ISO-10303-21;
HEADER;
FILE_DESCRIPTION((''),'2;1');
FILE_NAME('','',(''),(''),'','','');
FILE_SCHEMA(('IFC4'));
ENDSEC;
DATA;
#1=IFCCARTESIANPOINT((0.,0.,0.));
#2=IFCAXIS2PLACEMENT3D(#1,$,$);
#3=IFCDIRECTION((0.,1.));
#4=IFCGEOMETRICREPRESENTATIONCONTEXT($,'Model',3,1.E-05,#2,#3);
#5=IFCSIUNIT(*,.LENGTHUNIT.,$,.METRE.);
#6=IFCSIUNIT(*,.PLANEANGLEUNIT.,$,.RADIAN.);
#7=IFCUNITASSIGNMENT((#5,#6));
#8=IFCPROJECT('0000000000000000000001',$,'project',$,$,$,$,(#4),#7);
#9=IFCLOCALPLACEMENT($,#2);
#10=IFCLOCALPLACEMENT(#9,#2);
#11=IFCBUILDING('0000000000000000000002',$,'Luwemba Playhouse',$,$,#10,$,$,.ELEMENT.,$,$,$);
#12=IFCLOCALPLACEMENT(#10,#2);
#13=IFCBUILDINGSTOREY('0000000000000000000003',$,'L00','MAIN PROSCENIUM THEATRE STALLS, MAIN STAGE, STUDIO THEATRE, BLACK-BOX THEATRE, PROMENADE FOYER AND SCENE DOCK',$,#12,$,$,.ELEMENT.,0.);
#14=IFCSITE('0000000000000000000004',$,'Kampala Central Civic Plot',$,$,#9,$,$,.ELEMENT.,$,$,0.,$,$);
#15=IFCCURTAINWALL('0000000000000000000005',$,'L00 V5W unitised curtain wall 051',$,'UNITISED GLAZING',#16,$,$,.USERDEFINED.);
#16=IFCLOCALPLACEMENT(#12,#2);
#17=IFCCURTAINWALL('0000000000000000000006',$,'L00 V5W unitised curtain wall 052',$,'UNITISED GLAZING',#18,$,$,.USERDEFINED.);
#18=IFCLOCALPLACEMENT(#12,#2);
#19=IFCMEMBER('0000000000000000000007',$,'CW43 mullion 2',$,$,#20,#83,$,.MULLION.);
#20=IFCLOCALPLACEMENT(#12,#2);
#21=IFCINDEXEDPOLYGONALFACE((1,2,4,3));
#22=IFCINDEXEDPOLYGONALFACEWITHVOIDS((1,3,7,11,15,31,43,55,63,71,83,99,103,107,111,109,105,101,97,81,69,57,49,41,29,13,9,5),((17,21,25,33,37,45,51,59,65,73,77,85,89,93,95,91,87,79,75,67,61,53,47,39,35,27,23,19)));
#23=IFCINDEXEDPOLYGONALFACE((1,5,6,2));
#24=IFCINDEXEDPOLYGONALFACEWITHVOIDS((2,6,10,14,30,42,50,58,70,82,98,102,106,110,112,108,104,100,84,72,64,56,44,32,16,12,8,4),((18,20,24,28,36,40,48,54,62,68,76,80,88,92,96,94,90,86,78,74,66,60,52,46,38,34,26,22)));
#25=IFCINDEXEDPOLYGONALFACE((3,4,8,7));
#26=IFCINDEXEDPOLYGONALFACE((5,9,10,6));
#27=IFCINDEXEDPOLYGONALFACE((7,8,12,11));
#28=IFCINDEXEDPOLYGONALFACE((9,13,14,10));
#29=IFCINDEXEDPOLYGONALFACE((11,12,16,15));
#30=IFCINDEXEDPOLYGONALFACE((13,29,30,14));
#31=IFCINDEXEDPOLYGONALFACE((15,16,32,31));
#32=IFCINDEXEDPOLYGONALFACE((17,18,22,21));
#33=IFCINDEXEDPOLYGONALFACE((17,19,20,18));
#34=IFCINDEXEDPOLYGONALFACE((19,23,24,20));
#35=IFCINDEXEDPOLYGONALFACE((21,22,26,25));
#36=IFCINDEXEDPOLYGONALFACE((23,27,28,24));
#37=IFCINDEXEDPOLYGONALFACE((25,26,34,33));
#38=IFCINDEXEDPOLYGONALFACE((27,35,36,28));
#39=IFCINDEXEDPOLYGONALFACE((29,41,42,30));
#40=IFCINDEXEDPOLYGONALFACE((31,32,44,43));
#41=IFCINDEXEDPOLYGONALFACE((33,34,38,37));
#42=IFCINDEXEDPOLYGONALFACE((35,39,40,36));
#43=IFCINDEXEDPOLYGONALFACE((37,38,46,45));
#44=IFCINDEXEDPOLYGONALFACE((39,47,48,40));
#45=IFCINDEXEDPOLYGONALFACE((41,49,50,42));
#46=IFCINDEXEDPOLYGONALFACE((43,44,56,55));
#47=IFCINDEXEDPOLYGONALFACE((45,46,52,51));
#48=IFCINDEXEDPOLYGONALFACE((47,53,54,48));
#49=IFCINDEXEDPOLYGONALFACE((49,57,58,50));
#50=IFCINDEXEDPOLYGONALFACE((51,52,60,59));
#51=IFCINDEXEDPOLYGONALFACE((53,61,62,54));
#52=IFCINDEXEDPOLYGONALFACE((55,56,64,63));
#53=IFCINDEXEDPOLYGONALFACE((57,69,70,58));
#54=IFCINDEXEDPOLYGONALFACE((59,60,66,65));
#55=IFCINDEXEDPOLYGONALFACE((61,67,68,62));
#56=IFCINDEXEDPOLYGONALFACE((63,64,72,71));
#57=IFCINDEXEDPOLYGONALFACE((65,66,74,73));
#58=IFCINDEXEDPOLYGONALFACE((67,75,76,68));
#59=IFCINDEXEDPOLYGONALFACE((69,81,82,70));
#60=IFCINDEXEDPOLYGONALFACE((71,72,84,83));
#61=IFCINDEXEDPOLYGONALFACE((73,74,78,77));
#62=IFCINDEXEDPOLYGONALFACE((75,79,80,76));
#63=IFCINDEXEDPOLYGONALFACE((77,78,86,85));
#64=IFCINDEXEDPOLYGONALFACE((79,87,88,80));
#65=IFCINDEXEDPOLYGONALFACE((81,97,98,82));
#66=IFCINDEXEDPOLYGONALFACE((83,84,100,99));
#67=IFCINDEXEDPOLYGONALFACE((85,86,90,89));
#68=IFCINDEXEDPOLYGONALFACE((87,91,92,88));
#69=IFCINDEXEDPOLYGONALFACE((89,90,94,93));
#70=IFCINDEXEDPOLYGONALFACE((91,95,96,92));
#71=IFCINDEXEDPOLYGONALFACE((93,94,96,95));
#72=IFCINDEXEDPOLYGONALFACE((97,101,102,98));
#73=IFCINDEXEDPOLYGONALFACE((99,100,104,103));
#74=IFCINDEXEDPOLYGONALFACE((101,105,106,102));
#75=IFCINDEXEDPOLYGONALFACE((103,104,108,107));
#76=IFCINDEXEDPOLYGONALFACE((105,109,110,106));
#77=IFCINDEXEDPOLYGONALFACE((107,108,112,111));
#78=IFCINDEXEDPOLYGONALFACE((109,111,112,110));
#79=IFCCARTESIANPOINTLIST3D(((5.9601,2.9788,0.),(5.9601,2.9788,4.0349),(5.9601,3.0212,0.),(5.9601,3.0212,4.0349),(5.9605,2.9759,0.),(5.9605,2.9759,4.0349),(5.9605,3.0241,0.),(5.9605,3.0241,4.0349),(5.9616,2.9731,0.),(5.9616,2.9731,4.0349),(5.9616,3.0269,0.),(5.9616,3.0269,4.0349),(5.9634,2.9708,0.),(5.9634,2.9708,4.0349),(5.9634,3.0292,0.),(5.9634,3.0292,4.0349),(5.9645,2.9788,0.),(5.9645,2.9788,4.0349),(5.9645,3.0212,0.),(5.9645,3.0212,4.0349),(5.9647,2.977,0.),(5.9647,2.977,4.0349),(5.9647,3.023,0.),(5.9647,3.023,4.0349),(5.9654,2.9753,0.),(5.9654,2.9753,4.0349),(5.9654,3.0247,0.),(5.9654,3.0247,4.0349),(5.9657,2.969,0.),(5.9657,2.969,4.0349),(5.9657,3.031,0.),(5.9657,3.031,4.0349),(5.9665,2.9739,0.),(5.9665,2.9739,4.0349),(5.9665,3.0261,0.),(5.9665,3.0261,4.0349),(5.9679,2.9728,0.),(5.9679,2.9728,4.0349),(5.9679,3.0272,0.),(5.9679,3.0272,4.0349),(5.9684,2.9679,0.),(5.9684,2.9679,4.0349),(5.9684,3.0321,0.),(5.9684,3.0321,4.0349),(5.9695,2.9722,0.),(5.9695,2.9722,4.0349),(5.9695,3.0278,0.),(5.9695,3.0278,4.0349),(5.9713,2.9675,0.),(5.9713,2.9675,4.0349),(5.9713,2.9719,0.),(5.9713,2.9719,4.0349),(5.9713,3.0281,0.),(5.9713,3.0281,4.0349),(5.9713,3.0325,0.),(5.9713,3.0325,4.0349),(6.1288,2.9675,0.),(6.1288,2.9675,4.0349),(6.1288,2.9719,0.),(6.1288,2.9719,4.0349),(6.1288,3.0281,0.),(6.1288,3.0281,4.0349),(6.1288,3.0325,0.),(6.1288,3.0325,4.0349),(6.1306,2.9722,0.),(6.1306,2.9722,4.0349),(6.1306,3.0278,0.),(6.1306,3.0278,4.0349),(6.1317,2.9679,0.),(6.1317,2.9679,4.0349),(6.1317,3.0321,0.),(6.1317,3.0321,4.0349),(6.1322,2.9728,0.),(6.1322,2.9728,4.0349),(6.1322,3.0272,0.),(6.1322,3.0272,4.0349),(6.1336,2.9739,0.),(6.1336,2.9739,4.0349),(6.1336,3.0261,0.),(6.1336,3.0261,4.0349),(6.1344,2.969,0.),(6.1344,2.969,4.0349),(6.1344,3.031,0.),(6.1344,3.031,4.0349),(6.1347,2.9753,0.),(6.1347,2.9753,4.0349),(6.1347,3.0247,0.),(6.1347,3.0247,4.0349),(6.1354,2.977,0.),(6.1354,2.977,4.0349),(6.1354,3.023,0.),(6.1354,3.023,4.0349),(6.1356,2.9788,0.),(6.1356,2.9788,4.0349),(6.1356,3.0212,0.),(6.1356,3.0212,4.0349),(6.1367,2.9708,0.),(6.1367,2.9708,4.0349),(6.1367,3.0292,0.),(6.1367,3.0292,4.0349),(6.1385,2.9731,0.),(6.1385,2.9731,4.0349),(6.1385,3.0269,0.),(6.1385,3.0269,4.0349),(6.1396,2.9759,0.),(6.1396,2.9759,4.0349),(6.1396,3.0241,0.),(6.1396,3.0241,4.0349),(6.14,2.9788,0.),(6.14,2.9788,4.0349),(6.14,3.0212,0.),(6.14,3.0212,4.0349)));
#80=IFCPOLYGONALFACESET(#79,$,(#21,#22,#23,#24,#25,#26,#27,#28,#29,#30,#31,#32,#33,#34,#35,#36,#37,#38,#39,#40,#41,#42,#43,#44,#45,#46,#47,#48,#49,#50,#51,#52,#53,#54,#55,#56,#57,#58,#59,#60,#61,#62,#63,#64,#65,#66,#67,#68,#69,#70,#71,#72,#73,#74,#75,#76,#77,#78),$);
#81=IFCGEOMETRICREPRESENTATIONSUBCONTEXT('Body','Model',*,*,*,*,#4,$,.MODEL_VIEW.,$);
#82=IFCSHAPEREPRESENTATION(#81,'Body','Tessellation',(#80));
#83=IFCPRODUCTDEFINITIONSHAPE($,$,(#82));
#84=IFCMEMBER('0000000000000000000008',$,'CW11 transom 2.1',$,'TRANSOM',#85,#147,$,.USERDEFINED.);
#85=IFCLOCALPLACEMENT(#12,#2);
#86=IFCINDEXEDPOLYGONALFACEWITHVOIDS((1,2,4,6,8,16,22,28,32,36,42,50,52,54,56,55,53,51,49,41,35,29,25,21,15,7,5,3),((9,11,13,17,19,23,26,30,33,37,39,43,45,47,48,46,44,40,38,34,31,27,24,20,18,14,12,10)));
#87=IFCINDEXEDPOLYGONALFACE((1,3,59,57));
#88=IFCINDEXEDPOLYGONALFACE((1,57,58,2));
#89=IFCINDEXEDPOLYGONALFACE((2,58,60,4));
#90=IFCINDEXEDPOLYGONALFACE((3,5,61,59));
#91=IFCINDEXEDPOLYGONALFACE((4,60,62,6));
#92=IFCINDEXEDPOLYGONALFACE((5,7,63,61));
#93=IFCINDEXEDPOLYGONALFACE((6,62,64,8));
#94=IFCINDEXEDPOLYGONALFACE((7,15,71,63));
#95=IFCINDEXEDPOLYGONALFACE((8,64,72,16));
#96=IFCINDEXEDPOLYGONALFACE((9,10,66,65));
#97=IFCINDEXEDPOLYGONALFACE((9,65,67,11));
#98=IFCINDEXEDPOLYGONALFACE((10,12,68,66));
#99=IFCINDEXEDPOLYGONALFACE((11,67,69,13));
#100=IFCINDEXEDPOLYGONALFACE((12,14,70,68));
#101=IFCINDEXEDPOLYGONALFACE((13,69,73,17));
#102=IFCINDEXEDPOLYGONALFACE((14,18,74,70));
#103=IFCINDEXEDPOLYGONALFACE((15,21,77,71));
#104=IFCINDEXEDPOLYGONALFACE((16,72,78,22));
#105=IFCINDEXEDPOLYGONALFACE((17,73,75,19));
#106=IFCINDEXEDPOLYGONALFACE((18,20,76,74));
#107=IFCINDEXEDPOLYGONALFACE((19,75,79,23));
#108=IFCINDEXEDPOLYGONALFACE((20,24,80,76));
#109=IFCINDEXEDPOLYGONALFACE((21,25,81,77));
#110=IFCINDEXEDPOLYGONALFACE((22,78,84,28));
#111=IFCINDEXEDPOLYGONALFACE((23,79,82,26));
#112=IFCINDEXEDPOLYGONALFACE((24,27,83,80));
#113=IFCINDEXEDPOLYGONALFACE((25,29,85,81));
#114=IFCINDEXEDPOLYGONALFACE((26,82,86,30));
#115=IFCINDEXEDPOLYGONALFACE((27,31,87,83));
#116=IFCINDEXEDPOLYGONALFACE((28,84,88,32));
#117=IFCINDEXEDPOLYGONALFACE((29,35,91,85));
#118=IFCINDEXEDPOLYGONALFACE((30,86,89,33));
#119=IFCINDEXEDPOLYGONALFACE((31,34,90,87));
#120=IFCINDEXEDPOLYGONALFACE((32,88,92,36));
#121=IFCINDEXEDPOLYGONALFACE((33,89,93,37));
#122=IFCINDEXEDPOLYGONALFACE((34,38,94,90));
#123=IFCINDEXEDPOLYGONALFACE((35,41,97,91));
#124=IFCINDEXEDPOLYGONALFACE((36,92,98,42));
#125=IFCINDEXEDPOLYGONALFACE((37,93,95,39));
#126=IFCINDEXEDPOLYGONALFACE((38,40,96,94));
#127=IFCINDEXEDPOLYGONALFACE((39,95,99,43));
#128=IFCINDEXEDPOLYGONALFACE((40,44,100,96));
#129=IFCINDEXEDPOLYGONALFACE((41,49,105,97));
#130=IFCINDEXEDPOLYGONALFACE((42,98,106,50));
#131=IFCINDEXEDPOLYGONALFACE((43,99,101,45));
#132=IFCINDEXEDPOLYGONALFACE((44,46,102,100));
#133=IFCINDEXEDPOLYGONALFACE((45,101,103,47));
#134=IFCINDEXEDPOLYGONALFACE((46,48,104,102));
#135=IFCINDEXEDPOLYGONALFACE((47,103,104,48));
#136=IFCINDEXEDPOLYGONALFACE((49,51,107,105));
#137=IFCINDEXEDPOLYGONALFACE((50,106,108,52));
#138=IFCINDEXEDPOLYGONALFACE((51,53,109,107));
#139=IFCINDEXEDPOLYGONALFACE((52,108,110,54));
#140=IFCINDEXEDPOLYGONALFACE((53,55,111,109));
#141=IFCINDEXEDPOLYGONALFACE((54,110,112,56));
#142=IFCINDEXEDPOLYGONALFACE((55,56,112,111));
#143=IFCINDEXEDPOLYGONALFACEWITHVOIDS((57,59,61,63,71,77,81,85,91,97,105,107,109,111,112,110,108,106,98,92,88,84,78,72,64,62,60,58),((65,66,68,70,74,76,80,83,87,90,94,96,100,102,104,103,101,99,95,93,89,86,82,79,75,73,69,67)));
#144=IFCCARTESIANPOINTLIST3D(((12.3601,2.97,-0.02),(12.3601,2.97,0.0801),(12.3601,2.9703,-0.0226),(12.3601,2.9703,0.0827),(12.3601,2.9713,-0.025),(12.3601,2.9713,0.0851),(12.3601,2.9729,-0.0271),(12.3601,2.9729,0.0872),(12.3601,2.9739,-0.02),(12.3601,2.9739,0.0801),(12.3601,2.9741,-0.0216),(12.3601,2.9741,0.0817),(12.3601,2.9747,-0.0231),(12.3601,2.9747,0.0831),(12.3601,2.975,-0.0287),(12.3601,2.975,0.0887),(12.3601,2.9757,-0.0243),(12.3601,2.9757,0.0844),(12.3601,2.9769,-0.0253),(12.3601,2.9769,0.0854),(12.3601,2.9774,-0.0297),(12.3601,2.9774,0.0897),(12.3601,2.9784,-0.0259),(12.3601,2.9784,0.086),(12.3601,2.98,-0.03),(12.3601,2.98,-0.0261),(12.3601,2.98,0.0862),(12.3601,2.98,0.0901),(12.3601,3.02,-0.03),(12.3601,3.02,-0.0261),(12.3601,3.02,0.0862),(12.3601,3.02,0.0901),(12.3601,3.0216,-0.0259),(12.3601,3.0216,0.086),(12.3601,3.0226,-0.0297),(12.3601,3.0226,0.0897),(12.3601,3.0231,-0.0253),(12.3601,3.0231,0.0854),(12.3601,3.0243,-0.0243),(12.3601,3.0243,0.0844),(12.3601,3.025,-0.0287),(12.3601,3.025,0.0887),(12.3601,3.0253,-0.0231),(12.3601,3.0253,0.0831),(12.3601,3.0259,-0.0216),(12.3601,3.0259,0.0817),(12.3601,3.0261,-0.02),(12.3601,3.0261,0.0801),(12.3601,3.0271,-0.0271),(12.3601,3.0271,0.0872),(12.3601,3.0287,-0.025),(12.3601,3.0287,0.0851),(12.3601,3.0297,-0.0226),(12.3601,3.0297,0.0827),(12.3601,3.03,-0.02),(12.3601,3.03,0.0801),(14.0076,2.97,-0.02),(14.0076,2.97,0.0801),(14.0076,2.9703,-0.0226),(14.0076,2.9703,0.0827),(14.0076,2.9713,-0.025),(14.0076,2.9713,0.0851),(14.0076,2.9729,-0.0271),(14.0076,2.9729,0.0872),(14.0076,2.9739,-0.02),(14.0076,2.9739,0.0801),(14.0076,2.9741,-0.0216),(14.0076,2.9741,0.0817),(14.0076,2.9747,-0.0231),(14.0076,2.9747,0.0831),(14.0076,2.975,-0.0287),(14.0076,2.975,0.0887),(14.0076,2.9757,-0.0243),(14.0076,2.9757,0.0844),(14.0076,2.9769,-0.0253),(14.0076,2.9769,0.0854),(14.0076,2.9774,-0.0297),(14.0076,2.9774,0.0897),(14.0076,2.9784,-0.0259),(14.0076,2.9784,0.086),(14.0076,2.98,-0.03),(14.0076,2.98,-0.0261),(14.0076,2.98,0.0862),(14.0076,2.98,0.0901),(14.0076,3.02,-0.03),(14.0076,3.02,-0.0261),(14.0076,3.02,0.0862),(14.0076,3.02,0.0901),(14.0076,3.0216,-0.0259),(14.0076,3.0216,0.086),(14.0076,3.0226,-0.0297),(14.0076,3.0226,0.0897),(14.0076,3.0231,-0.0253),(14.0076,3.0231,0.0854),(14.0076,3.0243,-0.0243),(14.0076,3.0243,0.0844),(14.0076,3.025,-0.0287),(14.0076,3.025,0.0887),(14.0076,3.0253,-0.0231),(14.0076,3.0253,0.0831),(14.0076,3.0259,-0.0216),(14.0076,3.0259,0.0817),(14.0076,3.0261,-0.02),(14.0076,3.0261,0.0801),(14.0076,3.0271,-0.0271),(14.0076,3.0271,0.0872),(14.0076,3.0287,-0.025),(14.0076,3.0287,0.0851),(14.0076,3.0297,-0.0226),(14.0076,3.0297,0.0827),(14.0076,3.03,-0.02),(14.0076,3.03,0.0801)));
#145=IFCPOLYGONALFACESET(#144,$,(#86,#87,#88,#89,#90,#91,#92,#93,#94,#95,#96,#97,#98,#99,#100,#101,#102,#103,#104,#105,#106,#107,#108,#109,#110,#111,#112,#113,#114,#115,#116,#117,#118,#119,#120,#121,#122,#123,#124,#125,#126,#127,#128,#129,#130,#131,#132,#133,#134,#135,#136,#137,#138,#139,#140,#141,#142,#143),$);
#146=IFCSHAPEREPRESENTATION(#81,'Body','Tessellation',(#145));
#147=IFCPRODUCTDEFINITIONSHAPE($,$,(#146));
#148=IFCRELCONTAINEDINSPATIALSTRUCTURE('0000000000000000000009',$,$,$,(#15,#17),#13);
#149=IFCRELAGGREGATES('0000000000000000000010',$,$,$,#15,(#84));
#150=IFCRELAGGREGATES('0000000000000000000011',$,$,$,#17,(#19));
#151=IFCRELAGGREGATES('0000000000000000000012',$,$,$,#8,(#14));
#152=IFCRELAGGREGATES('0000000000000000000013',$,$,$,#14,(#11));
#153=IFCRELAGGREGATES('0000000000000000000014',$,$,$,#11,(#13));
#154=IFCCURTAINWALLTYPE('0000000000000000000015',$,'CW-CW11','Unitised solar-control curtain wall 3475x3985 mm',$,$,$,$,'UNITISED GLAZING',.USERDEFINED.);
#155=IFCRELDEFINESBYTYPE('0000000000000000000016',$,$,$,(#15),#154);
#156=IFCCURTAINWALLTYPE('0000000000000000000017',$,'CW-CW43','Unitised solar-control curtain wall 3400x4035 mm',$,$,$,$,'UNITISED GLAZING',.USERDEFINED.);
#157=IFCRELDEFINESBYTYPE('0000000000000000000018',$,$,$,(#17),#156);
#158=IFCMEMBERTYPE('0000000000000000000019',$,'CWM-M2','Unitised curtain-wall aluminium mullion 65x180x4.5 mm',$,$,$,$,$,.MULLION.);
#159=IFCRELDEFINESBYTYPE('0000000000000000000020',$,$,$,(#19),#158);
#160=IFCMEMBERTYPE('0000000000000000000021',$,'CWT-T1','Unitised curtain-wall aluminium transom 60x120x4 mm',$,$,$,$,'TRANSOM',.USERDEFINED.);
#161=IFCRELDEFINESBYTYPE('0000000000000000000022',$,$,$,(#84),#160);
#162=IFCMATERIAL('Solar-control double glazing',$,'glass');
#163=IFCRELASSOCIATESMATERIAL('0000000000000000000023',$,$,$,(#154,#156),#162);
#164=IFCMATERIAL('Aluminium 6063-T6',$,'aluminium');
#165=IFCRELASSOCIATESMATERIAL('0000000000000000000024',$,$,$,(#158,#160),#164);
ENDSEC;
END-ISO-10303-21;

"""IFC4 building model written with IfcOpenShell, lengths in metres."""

from ifc_helpers import new_model, si_unit, direction, frame, origin, origin_2d, place, context, subcontext, project, spatial, hollow_rectangle, extrude, material, material_profile, profile_set, type_object, element, aggregate, save


model = new_model("IFC4")

# Units and contexts
model_context = context("Model", 3, precision=1e-05, world=origin(), true_north=direction((0.0, 1.0)))
body_context = subcontext(model_context, "Body", "Model", "MODEL_VIEW")
ifc_project = project(units=[si_unit("LENGTHUNIT", "METRE"), si_unit("PLANEANGLEUNIT", "RADIAN")], contexts=[model_context])

# Site, building, storey
site_placement = place(None, origin())
site = spatial("IfcSite", under=ifc_project, at=site_placement, Name="Kampala Central Civic Plot", CompositionType="ELEMENT", RefElevation=0.0)
building_placement = place(site_placement, origin())
building = spatial("IfcBuilding", under=site, at=building_placement, Name="Luwemba Playhouse", CompositionType="ELEMENT")
storey_placement = place(building_placement, origin())
storey = spatial("IfcBuildingStorey", under=building, at=storey_placement, Name="L00", Description="MAIN PROSCENIUM THEATRE STALLS, MAIN STAGE, STUDIO THEATRE, BLACK-BOX THEATRE, PROMENADE FOYER AND SCENE DOCK", CompositionType="ELEMENT", Elevation=0.0)

# Curtain walls, member
ifc_material_1 = material(Name="Solar-control double glazing", Category="glass")
curtain_wall_type_1 = type_object("IfcCurtainWallType", Name="CW-CW11", Description="Unitised solar-control curtain wall 3475x3985 mm", ElementType="UNITISED GLAZING", PredefinedType="USERDEFINED", material=ifc_material_1)
curtain_wall_1_placement = place(storey_placement, origin())
curtain_wall_1 = element("IfcCurtainWall", 1, at=curtain_wall_1_placement, inside=storey, type_object=curtain_wall_type_1, Name="L00 V5W unitised curtain wall 051", ObjectType="UNITISED GLAZING", PredefinedType="USERDEFINED")
ifc_material_2 = material(Name="Aluminium 6063-T6", Category="aluminium")
curtain_wall_type_2 = type_object("IfcCurtainWallType", Name="CW-CW43", Description="Unitised solar-control curtain wall 3400x4035 mm", ElementType="UNITISED GLAZING", PredefinedType="USERDEFINED", material=ifc_material_1)
curtain_wall_2_placement = place(storey_placement, origin())
curtain_wall_2 = element("IfcCurtainWall", 2, at=curtain_wall_2_placement, inside=storey, type_object=curtain_wall_type_2, Name="L00 V5W unitised curtain wall 052", ObjectType="UNITISED GLAZING", PredefinedType="USERDEFINED")
ifc_material_profile_1 = material_profile(ifc_material_2, hollow_rectangle(XDim=0.0649, YDim=0.1799, WallThickness=0.0044, InnerFilletRadius=0.0068, OuterFilletRadius=0.0112, at=origin_2d()))
ifc_profile_set_1 = profile_set([ifc_material_profile_1], Name="Aluminium 6063-T6")
member_type_1 = type_object("IfcMemberType", Name="CWM-M2", Description="Unitised curtain-wall aluminium mullion 65x180x4.5 mm", PredefinedType="MULLION", material=ifc_profile_set_1)
member_1_placement = place(storey_placement, frame((6.05, 3.0, 0.0), z_axis=(0.0, 0.0, 1.0), x_axis=(0.0, -1.0, 0.0)))
member_1 = element("IfcMember", 3, at=member_1_placement, type_object=member_type_1, Name="CW43 mullion 2", PredefinedType="MULLION", context=body_context, shape_type="SweptSolid", body=[
    extrude(hollow_rectangle(XDim=0.0649, YDim=0.1799, WallThickness=0.0044, InnerFilletRadius=0.0068, OuterFilletRadius=0.0112, at=origin_2d()), origin(), (0.0, 0.0, 1.0), 4.0349),
])

# Member
ifc_material_profile_2 = material_profile(ifc_material_2, hollow_rectangle(XDim=0.0601, YDim=0.1201, WallThickness=0.0039, InnerFilletRadius=0.0061, OuterFilletRadius=0.01, at=origin_2d()))
ifc_profile_set_2 = profile_set([ifc_material_profile_2], Name="Aluminium 6063-T6")
member_type_2 = type_object("IfcMemberType", Name="CWT-T1", Description="Unitised curtain-wall aluminium transom 60x120x4 mm", ElementType="TRANSOM", PredefinedType="USERDEFINED", material=ifc_profile_set_2)
member_2_placement = place(storey_placement, frame((14.0076, 3.0, 0.03), z_axis=(-1.0, 0.0, 0.0), x_axis=(0.0, -1.0, 0.0)))
member_2 = element("IfcMember", 4, at=member_2_placement, type_object=member_type_2, Name="CW11 transom 2.1", ObjectType="TRANSOM", PredefinedType="USERDEFINED", context=body_context, shape_type="SweptSolid", body=[
    extrude(hollow_rectangle(XDim=0.0601, YDim=0.1201, WallThickness=0.0039, InnerFilletRadius=0.0061, OuterFilletRadius=0.01, at=origin_2d()), origin(), (0.0, 0.0, 1.0), 1.6475),
])

aggregate(curtain_wall_1, [member_2])
aggregate(curtain_wall_2, [member_1])

save(model, "model.ifc")
